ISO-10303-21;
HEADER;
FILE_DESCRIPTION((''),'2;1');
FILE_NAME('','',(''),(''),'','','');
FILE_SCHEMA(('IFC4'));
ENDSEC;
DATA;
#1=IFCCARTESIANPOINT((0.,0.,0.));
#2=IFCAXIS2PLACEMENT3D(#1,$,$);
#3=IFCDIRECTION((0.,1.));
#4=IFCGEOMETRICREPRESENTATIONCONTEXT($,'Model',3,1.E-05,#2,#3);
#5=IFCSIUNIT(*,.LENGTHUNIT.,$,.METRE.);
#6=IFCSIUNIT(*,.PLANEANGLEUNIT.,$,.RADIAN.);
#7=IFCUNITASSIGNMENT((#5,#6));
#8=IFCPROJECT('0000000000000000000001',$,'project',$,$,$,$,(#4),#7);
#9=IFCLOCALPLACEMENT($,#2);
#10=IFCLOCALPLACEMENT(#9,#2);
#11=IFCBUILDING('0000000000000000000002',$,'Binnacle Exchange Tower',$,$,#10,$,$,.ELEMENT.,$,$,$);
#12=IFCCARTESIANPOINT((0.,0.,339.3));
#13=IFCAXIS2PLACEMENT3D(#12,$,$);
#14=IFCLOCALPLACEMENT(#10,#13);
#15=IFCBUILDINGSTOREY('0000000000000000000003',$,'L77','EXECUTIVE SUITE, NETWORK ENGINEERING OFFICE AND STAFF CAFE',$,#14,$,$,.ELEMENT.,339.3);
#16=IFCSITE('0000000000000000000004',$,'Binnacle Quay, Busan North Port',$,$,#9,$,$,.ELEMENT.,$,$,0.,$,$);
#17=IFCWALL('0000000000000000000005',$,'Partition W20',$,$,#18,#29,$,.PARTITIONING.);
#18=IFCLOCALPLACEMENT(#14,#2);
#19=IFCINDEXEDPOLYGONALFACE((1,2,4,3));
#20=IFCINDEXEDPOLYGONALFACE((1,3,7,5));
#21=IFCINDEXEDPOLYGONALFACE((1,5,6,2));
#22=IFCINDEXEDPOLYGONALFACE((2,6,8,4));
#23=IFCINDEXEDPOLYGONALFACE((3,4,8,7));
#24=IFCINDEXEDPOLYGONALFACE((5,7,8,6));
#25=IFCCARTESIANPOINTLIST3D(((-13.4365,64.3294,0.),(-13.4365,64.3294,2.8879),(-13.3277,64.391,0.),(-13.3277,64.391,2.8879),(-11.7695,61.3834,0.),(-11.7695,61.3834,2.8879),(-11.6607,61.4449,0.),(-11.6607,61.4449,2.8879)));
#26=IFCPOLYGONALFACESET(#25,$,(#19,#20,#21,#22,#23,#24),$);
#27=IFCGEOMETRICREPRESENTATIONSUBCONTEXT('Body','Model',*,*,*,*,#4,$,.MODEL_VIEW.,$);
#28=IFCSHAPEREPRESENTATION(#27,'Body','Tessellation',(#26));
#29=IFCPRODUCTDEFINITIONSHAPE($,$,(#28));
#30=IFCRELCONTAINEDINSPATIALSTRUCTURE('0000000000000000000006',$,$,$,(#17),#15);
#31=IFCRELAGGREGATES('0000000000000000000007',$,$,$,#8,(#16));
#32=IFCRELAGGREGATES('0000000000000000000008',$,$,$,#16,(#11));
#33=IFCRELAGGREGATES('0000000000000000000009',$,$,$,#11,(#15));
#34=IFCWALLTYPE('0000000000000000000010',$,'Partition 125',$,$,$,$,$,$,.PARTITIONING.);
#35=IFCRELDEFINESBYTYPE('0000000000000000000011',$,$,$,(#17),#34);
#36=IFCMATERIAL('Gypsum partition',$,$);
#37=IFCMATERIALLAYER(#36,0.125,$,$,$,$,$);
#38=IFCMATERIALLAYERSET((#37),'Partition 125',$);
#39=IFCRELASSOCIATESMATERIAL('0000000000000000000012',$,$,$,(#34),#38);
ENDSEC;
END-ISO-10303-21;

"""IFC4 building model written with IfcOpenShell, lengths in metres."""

from ifc_helpers import new_model, si_unit, direction, frame, frame_2d, origin, place, context, subcontext, project, spatial, rectangle, extrude, material, layer, layer_set, type_object, element, save


model = new_model("IFC4")

# Units and contexts
model_context = context("Model", 3, precision=1e-05, world=origin(), true_north=direction((0.0, 1.0)))
body_context = subcontext(model_context, "Body", "Model", "MODEL_VIEW")
ifc_project = project(units=[si_unit("LENGTHUNIT", "METRE"), si_unit("PLANEANGLEUNIT", "RADIAN")], contexts=[model_context])

# Site, building, storey
site_placement = place(None, origin())
site = spatial("IfcSite", under=ifc_project, at=site_placement, Name="Binnacle Quay, Busan North Port", CompositionType="ELEMENT", RefElevation=0.0)
building_placement = place(site_placement, origin())
building = spatial("IfcBuilding", under=site, at=building_placement, Name="Binnacle Exchange Tower", CompositionType="ELEMENT")
storey_placement = place(building_placement, frame((0.0, 0.0, 339.3)))
storey = spatial("IfcBuildingStorey", under=building, at=storey_placement, Name="L77", Description="EXECUTIVE SUITE, NETWORK ENGINEERING OFFICE AND STAFF CAFE", CompositionType="ELEMENT", Elevation=339.3)

# Wall
ifc_material_1 = material(Name="Gypsum partition")
ifc_layer_1 = layer(ifc_material_1, 0.125)
ifc_layer_set_1 = layer_set([ifc_layer_1], Name="Partition 125")
wall_type_1 = type_object("IfcWallType", Name="Partition 125", PredefinedType="PARTITIONING", material=ifc_layer_set_1)
wall_1_placement = place(storey_placement, frame((-13.3821, 64.3601, 0.0), z_axis=(0.0, 0.0, 1.0), x_axis=(0.492468, -0.87033, 0.0)))
element("IfcWall", 1, at=wall_1_placement, inside=storey, type_object=wall_type_1, Name="Partition W20", PredefinedType="PARTITIONING", context=body_context, shape_type="SweptSolid", body=[
    extrude(rectangle(XDim=3.385, YDim=0.125, at=frame_2d((1.6924, 0.0))), origin(), (0.0, 0.0, 1.0), 2.8879),
])

save(model, "model.ifc")
